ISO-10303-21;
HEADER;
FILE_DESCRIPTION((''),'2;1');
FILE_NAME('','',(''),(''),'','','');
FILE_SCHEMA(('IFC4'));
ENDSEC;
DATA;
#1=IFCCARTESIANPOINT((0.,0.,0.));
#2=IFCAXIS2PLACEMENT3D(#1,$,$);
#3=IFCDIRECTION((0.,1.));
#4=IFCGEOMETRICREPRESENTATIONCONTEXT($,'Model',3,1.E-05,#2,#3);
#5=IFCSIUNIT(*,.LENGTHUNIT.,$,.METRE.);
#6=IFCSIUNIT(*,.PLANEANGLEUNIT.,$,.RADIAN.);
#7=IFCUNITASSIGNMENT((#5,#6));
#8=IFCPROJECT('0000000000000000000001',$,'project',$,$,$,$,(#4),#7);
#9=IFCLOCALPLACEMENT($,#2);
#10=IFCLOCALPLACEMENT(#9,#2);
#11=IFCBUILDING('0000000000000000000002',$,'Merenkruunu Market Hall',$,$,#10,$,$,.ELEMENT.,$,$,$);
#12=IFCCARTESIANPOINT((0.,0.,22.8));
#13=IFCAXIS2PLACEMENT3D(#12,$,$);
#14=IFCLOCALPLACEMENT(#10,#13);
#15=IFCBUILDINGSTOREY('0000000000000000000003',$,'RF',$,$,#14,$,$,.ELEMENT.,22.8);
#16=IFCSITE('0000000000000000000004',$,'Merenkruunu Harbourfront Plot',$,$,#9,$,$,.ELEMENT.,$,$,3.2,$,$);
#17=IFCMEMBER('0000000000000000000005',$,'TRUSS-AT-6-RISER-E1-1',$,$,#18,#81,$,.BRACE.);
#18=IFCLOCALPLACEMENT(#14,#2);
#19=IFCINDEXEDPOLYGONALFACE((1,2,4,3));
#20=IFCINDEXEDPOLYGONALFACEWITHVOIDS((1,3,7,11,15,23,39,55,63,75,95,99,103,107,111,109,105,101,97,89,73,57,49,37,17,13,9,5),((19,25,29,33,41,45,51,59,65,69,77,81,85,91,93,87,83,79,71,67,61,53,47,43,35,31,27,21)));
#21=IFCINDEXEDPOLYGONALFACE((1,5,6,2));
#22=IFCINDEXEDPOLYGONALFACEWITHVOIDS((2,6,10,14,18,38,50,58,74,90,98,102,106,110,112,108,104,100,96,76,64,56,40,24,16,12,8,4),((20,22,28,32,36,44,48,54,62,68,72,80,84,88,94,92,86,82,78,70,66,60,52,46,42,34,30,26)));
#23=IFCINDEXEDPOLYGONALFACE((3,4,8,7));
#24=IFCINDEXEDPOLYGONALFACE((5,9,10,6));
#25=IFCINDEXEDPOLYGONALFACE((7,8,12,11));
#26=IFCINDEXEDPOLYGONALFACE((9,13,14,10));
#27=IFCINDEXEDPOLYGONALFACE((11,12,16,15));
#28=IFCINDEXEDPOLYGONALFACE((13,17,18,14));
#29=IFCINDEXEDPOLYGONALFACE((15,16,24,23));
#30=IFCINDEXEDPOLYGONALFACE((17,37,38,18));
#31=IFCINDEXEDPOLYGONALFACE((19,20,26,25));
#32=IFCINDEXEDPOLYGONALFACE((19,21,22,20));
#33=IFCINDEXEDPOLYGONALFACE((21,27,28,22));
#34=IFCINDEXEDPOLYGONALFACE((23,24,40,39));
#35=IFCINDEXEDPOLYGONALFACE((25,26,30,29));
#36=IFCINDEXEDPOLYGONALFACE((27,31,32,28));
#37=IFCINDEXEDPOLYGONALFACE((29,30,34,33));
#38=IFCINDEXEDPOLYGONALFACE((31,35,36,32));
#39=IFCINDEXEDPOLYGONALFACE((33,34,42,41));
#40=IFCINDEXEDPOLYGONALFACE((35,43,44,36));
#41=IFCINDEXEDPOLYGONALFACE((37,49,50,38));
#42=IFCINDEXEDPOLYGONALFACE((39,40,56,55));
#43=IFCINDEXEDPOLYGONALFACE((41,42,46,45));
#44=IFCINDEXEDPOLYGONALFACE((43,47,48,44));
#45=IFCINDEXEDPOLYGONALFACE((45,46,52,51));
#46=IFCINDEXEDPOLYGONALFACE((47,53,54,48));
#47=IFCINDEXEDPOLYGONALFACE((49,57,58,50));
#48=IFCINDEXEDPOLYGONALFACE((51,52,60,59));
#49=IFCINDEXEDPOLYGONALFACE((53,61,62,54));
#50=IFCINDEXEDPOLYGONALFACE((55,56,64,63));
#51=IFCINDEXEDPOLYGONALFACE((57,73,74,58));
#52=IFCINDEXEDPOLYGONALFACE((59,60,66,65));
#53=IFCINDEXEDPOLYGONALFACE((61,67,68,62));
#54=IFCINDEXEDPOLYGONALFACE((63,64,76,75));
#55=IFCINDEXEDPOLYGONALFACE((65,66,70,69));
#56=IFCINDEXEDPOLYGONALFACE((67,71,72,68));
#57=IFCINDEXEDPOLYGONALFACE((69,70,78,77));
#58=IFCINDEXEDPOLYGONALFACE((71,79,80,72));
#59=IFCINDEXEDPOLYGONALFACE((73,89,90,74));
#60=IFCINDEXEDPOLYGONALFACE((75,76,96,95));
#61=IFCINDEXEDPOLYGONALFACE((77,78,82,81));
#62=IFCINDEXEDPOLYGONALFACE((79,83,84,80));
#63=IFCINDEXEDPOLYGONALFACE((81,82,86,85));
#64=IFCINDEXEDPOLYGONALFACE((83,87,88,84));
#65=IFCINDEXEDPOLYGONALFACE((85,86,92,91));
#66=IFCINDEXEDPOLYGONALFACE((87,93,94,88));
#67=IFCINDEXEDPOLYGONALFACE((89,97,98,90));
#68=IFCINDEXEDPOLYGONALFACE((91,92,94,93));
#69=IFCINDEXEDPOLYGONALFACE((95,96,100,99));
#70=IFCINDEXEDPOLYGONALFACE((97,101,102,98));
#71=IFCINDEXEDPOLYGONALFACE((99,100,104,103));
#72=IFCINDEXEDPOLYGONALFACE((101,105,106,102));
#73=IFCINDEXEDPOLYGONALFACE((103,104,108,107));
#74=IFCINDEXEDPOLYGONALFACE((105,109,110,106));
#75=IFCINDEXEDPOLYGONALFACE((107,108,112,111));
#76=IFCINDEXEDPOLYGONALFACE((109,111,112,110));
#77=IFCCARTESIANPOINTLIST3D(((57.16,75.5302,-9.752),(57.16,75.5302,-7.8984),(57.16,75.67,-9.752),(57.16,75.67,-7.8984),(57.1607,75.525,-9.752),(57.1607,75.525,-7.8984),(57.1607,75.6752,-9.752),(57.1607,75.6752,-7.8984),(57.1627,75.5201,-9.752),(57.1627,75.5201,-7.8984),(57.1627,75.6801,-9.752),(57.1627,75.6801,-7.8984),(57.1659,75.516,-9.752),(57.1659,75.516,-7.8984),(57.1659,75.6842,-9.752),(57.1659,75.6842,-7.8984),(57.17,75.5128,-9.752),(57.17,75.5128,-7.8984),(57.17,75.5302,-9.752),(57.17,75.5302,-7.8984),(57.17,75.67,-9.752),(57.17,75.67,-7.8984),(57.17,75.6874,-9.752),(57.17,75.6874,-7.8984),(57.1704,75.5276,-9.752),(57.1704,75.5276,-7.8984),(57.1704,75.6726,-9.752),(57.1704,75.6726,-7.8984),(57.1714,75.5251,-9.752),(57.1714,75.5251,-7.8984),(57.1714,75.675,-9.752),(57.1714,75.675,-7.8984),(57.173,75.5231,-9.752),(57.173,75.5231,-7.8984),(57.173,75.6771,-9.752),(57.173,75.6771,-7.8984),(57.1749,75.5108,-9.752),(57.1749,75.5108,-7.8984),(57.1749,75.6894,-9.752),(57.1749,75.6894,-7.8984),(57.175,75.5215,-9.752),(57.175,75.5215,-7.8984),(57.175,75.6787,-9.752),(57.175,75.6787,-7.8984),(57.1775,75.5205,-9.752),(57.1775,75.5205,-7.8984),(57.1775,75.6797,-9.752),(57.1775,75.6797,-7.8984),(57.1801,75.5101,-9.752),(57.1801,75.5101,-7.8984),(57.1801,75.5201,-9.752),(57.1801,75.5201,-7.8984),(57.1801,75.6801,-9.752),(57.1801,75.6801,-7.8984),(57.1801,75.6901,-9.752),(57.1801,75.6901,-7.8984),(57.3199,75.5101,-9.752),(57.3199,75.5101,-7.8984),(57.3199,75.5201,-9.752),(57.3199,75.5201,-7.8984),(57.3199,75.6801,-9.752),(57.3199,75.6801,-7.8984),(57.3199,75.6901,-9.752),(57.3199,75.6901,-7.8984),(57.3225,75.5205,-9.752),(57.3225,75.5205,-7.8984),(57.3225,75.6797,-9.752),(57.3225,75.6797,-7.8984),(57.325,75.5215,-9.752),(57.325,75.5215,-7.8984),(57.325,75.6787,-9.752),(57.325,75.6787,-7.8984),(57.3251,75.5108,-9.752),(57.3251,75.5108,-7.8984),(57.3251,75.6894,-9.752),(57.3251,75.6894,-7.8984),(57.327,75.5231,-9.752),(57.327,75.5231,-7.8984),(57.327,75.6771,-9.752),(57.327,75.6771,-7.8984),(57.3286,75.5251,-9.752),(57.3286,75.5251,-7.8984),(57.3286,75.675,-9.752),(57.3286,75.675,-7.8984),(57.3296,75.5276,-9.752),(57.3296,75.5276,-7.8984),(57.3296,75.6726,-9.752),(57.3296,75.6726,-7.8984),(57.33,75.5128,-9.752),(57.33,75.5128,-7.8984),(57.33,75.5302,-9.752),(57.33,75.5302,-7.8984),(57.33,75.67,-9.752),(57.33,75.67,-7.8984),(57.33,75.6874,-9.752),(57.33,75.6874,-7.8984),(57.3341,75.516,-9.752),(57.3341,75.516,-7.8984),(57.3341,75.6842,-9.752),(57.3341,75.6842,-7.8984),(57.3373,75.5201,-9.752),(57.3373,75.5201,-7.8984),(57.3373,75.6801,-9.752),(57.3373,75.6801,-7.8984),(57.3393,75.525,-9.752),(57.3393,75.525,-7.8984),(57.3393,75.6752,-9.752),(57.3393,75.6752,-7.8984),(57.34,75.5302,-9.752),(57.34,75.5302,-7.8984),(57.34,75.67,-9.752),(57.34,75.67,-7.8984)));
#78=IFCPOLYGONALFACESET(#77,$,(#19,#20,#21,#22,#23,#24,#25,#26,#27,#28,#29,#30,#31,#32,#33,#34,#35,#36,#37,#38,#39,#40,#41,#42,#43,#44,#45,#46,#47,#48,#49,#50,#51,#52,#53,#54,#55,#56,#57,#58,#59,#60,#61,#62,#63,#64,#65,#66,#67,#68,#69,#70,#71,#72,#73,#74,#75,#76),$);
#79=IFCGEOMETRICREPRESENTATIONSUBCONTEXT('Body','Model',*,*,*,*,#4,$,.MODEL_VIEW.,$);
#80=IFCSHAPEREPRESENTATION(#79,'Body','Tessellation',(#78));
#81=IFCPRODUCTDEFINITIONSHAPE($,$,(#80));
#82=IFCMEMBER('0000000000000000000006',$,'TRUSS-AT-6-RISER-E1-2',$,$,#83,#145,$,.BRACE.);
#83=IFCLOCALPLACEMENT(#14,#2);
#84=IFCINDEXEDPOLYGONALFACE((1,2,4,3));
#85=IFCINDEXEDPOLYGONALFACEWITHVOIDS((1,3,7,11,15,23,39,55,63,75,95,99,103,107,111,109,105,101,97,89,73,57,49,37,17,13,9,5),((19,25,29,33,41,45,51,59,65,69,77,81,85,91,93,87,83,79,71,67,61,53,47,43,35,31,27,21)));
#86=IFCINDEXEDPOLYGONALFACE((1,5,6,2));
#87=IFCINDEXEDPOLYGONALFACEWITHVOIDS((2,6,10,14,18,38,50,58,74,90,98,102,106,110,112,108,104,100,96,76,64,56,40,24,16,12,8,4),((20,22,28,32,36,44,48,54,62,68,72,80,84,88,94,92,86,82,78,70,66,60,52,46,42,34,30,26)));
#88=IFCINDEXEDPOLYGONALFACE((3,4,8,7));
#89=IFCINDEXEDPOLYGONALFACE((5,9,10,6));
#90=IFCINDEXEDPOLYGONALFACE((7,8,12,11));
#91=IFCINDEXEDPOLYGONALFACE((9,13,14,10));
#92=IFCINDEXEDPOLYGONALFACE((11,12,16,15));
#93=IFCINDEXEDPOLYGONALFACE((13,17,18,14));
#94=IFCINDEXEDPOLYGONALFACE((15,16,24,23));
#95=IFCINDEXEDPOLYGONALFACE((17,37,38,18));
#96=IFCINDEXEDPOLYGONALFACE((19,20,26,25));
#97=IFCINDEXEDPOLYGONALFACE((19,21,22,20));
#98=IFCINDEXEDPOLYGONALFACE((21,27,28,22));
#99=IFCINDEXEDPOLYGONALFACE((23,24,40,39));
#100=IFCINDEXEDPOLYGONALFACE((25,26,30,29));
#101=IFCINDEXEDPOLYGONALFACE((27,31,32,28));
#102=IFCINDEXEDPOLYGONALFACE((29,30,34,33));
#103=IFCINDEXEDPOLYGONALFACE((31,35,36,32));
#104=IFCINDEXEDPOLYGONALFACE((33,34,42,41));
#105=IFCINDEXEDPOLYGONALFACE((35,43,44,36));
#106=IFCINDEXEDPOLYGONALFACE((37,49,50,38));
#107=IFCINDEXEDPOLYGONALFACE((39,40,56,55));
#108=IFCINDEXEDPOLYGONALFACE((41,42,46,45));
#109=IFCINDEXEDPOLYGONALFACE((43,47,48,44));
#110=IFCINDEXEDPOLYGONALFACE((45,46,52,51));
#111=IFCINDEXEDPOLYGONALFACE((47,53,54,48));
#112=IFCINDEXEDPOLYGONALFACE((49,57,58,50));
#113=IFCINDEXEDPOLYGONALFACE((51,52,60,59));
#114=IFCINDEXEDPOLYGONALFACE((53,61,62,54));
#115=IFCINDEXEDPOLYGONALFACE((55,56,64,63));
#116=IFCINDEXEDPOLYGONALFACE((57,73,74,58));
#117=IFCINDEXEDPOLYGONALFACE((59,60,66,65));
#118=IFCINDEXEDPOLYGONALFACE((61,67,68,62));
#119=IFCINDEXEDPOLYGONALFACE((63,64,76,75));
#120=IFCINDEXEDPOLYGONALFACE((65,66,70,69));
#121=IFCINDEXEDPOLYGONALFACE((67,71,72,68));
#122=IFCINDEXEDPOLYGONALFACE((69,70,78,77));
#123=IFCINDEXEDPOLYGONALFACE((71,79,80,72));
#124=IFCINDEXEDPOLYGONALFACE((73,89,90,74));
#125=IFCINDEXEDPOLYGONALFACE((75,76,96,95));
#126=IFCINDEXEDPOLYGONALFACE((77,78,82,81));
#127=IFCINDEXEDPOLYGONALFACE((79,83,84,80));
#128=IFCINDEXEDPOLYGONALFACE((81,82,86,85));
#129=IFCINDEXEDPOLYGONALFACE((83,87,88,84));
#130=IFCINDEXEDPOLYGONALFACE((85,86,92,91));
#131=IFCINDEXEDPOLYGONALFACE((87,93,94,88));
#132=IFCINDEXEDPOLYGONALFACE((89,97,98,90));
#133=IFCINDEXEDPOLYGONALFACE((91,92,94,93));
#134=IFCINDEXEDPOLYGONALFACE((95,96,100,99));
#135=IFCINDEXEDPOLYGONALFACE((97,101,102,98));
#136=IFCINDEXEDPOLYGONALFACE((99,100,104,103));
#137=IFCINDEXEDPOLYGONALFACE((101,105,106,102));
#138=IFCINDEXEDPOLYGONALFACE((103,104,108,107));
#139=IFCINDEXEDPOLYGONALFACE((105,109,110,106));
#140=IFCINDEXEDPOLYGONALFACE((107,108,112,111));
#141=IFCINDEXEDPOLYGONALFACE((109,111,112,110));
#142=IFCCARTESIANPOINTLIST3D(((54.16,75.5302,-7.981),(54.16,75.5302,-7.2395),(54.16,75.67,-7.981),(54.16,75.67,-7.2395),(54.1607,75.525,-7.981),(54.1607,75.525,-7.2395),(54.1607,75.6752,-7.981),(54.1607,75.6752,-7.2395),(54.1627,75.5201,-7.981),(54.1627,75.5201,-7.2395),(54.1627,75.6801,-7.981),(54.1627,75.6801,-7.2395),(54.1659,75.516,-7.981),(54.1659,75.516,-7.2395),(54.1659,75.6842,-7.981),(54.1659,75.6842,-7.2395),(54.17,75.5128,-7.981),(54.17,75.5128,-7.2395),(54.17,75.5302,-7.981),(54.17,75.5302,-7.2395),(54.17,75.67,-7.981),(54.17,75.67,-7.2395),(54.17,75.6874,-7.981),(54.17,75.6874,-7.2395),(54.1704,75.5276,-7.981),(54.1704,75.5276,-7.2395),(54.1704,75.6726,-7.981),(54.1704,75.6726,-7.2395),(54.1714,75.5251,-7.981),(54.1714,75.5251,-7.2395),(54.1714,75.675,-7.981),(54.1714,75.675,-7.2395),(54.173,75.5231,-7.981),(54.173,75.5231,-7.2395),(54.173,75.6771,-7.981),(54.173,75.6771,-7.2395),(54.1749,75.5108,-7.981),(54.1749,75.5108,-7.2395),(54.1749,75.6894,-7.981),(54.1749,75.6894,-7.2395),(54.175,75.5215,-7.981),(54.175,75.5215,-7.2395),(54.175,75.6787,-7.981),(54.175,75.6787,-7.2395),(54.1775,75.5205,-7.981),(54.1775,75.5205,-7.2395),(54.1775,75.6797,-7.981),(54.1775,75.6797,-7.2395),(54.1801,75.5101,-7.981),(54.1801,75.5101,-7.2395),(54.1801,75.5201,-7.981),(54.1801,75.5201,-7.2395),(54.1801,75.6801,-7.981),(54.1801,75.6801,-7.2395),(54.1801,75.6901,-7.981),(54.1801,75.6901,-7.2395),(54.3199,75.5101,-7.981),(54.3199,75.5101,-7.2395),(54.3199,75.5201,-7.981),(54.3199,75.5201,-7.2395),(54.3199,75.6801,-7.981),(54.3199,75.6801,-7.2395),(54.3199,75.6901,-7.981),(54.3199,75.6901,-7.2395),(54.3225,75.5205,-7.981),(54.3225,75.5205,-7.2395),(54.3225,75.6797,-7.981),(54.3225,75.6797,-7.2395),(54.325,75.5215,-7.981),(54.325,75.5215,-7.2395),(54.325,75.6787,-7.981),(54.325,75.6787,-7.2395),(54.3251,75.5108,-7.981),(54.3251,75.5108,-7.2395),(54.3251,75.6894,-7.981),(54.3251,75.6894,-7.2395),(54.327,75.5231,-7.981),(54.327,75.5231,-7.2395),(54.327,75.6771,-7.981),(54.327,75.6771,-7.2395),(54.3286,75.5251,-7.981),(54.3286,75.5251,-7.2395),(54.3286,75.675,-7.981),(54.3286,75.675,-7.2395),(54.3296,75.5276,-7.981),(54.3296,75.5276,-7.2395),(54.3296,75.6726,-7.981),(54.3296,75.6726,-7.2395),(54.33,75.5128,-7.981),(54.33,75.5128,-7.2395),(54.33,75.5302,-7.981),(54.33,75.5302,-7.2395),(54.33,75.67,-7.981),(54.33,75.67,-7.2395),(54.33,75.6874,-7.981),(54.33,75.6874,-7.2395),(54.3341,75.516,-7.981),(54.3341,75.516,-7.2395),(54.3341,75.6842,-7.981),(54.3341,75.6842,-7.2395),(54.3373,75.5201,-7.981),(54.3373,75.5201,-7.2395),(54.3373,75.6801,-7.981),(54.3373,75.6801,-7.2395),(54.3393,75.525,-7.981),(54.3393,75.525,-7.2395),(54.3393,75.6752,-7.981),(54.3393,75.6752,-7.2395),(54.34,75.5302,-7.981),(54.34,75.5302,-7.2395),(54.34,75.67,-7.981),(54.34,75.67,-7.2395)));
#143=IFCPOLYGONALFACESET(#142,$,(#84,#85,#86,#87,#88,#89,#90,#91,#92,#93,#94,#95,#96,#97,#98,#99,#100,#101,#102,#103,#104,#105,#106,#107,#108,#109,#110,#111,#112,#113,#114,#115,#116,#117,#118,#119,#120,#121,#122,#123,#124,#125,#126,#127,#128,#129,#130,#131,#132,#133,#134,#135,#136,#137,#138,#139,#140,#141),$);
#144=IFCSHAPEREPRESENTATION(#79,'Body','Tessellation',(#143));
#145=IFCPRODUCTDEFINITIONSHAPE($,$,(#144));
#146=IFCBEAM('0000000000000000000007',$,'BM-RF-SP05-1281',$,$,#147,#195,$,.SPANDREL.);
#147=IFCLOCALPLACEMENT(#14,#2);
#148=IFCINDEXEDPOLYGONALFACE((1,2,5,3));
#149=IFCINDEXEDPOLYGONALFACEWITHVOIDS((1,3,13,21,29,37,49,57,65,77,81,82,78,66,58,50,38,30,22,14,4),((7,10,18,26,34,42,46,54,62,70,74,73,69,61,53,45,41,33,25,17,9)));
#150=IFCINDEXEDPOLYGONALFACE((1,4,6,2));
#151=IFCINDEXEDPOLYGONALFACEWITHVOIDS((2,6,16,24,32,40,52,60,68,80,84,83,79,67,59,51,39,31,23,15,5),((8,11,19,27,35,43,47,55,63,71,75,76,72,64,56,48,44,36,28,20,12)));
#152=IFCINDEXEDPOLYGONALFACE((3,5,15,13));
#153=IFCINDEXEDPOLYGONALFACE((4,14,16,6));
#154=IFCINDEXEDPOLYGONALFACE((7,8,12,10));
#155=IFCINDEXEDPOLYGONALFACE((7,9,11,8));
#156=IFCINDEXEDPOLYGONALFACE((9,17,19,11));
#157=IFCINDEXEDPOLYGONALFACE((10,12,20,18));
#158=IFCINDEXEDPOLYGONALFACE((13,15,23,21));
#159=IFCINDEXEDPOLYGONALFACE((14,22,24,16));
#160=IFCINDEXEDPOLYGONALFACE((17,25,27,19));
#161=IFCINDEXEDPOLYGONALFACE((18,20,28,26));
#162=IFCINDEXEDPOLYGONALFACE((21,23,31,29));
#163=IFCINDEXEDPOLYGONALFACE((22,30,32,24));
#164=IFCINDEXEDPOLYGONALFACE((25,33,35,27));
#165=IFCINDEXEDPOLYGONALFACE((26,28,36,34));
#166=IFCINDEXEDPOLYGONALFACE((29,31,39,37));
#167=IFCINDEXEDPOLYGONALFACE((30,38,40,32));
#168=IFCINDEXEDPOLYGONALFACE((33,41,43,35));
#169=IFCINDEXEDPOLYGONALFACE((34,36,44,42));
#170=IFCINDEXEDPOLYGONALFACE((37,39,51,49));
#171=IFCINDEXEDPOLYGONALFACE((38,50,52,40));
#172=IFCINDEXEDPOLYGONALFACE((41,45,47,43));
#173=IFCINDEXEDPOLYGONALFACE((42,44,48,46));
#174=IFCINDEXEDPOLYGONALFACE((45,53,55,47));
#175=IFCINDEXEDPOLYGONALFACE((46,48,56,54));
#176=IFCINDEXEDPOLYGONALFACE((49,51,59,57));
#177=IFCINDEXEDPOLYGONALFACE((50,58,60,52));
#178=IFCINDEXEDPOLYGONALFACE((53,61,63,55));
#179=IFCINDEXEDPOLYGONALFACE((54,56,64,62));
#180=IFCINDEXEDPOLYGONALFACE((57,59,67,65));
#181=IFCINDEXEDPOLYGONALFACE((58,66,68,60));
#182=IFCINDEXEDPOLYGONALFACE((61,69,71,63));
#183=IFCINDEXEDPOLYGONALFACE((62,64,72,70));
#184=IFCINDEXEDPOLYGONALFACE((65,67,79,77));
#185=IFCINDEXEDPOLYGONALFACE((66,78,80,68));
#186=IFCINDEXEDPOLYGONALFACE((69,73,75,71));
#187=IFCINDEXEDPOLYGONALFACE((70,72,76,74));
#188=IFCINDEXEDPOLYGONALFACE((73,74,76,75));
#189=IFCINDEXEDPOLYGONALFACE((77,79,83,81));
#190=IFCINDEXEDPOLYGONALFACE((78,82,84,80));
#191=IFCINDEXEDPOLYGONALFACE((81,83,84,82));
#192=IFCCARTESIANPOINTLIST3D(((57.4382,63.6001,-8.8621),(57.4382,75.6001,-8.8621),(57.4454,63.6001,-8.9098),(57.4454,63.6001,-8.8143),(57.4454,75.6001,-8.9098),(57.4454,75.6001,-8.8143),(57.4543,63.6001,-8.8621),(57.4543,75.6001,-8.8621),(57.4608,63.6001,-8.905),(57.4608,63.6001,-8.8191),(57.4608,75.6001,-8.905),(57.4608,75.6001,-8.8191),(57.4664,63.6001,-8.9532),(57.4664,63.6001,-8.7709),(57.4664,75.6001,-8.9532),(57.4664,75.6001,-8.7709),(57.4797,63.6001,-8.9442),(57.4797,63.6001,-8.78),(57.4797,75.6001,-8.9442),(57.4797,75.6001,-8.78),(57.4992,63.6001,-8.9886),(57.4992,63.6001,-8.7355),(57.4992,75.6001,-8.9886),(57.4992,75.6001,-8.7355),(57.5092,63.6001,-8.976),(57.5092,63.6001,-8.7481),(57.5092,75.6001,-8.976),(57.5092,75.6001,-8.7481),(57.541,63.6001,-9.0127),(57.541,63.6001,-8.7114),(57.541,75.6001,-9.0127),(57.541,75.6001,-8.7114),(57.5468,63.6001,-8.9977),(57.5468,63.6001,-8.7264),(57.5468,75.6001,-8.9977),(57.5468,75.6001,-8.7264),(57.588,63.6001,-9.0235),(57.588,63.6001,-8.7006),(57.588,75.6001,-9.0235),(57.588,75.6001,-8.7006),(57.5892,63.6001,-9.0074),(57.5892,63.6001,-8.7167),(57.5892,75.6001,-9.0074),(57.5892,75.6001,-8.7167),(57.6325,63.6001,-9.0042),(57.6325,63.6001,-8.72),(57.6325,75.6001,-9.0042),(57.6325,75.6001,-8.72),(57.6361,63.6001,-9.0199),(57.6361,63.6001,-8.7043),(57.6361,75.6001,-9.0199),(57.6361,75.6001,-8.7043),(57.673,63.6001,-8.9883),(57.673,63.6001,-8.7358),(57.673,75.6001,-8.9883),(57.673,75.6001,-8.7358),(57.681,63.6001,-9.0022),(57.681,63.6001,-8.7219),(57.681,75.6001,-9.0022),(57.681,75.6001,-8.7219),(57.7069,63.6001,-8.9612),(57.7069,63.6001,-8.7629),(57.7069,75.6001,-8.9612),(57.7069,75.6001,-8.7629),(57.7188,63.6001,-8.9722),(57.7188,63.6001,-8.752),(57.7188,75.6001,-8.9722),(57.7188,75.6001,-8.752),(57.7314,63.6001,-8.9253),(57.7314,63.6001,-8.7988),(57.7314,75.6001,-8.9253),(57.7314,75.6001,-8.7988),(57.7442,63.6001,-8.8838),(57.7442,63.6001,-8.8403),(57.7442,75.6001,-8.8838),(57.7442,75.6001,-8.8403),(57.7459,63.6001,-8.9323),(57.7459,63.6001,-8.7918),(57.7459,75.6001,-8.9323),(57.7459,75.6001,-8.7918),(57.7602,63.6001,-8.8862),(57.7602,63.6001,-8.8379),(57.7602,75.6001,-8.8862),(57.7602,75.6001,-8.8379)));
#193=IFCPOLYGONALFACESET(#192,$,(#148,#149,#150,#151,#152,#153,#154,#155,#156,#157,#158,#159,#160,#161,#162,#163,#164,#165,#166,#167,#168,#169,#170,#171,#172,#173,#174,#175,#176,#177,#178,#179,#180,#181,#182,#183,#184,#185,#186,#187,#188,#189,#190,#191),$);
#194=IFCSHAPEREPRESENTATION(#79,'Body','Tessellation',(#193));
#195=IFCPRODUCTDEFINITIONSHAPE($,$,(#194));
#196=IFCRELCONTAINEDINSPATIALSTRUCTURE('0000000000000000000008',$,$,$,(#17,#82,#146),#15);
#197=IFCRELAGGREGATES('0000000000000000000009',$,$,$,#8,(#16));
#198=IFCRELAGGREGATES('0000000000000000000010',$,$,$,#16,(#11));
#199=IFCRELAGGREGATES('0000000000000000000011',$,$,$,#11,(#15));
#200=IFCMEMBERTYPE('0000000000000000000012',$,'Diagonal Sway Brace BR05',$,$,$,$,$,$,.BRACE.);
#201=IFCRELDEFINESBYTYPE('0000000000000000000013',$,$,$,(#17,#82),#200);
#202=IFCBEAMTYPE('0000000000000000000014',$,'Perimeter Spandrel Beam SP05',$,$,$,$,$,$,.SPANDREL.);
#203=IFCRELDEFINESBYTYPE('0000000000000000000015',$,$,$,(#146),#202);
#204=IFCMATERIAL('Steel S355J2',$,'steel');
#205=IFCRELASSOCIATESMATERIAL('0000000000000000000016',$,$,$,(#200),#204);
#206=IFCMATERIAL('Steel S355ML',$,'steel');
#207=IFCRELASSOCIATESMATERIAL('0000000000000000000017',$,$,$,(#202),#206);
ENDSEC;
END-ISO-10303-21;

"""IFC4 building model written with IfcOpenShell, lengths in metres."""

from ifc_helpers import new_model, si_unit, direction, frame, origin, origin_2d, place, context, subcontext, project, spatial, hollow_rectangle, hollow_circle, extrude, material, material_profile, profile_set, type_object, element, save


model = new_model("IFC4")

# Units and contexts
model_context = context("Model", 3, precision=1e-05, world=origin(), true_north=direction((0.0, 1.0)))
body_context = subcontext(model_context, "Body", "Model", "MODEL_VIEW")
ifc_project = project(units=[si_unit("LENGTHUNIT", "METRE"), si_unit("PLANEANGLEUNIT", "RADIAN")], contexts=[model_context])

# Site, building, storey
site_placement = place(None, origin())
site = spatial("IfcSite", under=ifc_project, at=site_placement, Name="Merenkruunu Harbourfront Plot", CompositionType="ELEMENT", RefElevation=3.2)
building_placement = place(site_placement, origin())
building = spatial("IfcBuilding", under=site, at=building_placement, Name="Merenkruunu Market Hall", CompositionType="ELEMENT")
storey_placement = place(building_placement, frame((0.0, 0.0, 22.8)))
storey = spatial("IfcBuildingStorey", under=building, at=storey_placement, Name="RF", CompositionType="ELEMENT", Elevation=22.8)

# Members
ifc_material_1 = material(Name="Steel S355J2", Category="steel")
ifc_material_profile_1 = material_profile(ifc_material_1, hollow_rectangle(XDim=0.1799, YDim=0.1799, WallThickness=0.01, InnerFilletRadius=0.01, OuterFilletRadius=0.02, at=origin_2d()), Name="SHS 180x180x10")
ifc_profile_set_1 = profile_set([ifc_material_profile_1], Name="Steel S355J2")
member_type_1 = type_object("IfcMemberType", Name="Diagonal Sway Brace BR05", PredefinedType="BRACE", material=ifc_profile_set_1)
for number, where, z_axis, x_axis, name in (
    (1, (57.25, 75.6001, -9.752), (0.0, 0.0, 1.0), (1.0, 0.0, 0.0), "TRUSS-AT-6-RISER-E1-1"),
):
    element("IfcMember", number, at=place(storey_placement, frame(where, z_axis=z_axis, x_axis=x_axis)), inside=storey, type_object=member_type_1, Name=name, PredefinedType="BRACE", context=body_context, shape_type="SweptSolid", body=[
        extrude(hollow_rectangle(XDim=0.1799, YDim=0.1799, WallThickness=0.01, InnerFilletRadius=0.01, OuterFilletRadius=0.02, at=origin_2d()), origin(), (0.0, 0.0, 1.0), 1.8535),
    ])
member_1_placement = place(storey_placement, frame((54.25, 75.6001, -7.981), z_axis=(0.0, 0.0, 1.0), x_axis=(1.0, 0.0, 0.0)))
element("IfcMember", 2, at=member_1_placement, inside=storey, type_object=member_type_1, Name="TRUSS-AT-6-RISER-E1-2", PredefinedType="BRACE", context=body_context, shape_type="SweptSolid", body=[
    extrude(hollow_rectangle(XDim=0.1799, YDim=0.1799, WallThickness=0.01, InnerFilletRadius=0.01, OuterFilletRadius=0.02, at=origin_2d()), origin(), (0.0, 0.0, 1.0), 0.7415),
])

# Beam
ifc_material_2 = material(Name="Steel S355ML", Category="steel")
ifc_material_profile_2 = material_profile(ifc_material_2, hollow_circle(Radius=0.1619, WallThickness=0.0161, at=origin_2d()), Name="CHS 323.9x16")
ifc_profile_set_2 = profile_set([ifc_material_profile_2], Name="Steel S355ML")
beam_type = type_object("IfcBeamType", Name="Perimeter Spandrel Beam SP05", PredefinedType="SPANDREL", material=ifc_profile_set_2)
beam_placement = place(storey_placement, frame((57.6001, 63.6001, -8.8621), z_axis=(0.0, 1.0, 0.0), x_axis=(-1.0, 0.0, 0.0)))
element("IfcBeam", 3, at=beam_placement, inside=storey, type_object=beam_type, Name="BM-RF-SP05-1281", PredefinedType="SPANDREL", context=body_context, shape_type="SweptSolid", body=[
    extrude(hollow_circle(Radius=0.1619, WallThickness=0.0161, at=origin_2d()), origin(), (0.0, 0.0, 1.0), 12.0),
])

save(model, "model.ifc")
